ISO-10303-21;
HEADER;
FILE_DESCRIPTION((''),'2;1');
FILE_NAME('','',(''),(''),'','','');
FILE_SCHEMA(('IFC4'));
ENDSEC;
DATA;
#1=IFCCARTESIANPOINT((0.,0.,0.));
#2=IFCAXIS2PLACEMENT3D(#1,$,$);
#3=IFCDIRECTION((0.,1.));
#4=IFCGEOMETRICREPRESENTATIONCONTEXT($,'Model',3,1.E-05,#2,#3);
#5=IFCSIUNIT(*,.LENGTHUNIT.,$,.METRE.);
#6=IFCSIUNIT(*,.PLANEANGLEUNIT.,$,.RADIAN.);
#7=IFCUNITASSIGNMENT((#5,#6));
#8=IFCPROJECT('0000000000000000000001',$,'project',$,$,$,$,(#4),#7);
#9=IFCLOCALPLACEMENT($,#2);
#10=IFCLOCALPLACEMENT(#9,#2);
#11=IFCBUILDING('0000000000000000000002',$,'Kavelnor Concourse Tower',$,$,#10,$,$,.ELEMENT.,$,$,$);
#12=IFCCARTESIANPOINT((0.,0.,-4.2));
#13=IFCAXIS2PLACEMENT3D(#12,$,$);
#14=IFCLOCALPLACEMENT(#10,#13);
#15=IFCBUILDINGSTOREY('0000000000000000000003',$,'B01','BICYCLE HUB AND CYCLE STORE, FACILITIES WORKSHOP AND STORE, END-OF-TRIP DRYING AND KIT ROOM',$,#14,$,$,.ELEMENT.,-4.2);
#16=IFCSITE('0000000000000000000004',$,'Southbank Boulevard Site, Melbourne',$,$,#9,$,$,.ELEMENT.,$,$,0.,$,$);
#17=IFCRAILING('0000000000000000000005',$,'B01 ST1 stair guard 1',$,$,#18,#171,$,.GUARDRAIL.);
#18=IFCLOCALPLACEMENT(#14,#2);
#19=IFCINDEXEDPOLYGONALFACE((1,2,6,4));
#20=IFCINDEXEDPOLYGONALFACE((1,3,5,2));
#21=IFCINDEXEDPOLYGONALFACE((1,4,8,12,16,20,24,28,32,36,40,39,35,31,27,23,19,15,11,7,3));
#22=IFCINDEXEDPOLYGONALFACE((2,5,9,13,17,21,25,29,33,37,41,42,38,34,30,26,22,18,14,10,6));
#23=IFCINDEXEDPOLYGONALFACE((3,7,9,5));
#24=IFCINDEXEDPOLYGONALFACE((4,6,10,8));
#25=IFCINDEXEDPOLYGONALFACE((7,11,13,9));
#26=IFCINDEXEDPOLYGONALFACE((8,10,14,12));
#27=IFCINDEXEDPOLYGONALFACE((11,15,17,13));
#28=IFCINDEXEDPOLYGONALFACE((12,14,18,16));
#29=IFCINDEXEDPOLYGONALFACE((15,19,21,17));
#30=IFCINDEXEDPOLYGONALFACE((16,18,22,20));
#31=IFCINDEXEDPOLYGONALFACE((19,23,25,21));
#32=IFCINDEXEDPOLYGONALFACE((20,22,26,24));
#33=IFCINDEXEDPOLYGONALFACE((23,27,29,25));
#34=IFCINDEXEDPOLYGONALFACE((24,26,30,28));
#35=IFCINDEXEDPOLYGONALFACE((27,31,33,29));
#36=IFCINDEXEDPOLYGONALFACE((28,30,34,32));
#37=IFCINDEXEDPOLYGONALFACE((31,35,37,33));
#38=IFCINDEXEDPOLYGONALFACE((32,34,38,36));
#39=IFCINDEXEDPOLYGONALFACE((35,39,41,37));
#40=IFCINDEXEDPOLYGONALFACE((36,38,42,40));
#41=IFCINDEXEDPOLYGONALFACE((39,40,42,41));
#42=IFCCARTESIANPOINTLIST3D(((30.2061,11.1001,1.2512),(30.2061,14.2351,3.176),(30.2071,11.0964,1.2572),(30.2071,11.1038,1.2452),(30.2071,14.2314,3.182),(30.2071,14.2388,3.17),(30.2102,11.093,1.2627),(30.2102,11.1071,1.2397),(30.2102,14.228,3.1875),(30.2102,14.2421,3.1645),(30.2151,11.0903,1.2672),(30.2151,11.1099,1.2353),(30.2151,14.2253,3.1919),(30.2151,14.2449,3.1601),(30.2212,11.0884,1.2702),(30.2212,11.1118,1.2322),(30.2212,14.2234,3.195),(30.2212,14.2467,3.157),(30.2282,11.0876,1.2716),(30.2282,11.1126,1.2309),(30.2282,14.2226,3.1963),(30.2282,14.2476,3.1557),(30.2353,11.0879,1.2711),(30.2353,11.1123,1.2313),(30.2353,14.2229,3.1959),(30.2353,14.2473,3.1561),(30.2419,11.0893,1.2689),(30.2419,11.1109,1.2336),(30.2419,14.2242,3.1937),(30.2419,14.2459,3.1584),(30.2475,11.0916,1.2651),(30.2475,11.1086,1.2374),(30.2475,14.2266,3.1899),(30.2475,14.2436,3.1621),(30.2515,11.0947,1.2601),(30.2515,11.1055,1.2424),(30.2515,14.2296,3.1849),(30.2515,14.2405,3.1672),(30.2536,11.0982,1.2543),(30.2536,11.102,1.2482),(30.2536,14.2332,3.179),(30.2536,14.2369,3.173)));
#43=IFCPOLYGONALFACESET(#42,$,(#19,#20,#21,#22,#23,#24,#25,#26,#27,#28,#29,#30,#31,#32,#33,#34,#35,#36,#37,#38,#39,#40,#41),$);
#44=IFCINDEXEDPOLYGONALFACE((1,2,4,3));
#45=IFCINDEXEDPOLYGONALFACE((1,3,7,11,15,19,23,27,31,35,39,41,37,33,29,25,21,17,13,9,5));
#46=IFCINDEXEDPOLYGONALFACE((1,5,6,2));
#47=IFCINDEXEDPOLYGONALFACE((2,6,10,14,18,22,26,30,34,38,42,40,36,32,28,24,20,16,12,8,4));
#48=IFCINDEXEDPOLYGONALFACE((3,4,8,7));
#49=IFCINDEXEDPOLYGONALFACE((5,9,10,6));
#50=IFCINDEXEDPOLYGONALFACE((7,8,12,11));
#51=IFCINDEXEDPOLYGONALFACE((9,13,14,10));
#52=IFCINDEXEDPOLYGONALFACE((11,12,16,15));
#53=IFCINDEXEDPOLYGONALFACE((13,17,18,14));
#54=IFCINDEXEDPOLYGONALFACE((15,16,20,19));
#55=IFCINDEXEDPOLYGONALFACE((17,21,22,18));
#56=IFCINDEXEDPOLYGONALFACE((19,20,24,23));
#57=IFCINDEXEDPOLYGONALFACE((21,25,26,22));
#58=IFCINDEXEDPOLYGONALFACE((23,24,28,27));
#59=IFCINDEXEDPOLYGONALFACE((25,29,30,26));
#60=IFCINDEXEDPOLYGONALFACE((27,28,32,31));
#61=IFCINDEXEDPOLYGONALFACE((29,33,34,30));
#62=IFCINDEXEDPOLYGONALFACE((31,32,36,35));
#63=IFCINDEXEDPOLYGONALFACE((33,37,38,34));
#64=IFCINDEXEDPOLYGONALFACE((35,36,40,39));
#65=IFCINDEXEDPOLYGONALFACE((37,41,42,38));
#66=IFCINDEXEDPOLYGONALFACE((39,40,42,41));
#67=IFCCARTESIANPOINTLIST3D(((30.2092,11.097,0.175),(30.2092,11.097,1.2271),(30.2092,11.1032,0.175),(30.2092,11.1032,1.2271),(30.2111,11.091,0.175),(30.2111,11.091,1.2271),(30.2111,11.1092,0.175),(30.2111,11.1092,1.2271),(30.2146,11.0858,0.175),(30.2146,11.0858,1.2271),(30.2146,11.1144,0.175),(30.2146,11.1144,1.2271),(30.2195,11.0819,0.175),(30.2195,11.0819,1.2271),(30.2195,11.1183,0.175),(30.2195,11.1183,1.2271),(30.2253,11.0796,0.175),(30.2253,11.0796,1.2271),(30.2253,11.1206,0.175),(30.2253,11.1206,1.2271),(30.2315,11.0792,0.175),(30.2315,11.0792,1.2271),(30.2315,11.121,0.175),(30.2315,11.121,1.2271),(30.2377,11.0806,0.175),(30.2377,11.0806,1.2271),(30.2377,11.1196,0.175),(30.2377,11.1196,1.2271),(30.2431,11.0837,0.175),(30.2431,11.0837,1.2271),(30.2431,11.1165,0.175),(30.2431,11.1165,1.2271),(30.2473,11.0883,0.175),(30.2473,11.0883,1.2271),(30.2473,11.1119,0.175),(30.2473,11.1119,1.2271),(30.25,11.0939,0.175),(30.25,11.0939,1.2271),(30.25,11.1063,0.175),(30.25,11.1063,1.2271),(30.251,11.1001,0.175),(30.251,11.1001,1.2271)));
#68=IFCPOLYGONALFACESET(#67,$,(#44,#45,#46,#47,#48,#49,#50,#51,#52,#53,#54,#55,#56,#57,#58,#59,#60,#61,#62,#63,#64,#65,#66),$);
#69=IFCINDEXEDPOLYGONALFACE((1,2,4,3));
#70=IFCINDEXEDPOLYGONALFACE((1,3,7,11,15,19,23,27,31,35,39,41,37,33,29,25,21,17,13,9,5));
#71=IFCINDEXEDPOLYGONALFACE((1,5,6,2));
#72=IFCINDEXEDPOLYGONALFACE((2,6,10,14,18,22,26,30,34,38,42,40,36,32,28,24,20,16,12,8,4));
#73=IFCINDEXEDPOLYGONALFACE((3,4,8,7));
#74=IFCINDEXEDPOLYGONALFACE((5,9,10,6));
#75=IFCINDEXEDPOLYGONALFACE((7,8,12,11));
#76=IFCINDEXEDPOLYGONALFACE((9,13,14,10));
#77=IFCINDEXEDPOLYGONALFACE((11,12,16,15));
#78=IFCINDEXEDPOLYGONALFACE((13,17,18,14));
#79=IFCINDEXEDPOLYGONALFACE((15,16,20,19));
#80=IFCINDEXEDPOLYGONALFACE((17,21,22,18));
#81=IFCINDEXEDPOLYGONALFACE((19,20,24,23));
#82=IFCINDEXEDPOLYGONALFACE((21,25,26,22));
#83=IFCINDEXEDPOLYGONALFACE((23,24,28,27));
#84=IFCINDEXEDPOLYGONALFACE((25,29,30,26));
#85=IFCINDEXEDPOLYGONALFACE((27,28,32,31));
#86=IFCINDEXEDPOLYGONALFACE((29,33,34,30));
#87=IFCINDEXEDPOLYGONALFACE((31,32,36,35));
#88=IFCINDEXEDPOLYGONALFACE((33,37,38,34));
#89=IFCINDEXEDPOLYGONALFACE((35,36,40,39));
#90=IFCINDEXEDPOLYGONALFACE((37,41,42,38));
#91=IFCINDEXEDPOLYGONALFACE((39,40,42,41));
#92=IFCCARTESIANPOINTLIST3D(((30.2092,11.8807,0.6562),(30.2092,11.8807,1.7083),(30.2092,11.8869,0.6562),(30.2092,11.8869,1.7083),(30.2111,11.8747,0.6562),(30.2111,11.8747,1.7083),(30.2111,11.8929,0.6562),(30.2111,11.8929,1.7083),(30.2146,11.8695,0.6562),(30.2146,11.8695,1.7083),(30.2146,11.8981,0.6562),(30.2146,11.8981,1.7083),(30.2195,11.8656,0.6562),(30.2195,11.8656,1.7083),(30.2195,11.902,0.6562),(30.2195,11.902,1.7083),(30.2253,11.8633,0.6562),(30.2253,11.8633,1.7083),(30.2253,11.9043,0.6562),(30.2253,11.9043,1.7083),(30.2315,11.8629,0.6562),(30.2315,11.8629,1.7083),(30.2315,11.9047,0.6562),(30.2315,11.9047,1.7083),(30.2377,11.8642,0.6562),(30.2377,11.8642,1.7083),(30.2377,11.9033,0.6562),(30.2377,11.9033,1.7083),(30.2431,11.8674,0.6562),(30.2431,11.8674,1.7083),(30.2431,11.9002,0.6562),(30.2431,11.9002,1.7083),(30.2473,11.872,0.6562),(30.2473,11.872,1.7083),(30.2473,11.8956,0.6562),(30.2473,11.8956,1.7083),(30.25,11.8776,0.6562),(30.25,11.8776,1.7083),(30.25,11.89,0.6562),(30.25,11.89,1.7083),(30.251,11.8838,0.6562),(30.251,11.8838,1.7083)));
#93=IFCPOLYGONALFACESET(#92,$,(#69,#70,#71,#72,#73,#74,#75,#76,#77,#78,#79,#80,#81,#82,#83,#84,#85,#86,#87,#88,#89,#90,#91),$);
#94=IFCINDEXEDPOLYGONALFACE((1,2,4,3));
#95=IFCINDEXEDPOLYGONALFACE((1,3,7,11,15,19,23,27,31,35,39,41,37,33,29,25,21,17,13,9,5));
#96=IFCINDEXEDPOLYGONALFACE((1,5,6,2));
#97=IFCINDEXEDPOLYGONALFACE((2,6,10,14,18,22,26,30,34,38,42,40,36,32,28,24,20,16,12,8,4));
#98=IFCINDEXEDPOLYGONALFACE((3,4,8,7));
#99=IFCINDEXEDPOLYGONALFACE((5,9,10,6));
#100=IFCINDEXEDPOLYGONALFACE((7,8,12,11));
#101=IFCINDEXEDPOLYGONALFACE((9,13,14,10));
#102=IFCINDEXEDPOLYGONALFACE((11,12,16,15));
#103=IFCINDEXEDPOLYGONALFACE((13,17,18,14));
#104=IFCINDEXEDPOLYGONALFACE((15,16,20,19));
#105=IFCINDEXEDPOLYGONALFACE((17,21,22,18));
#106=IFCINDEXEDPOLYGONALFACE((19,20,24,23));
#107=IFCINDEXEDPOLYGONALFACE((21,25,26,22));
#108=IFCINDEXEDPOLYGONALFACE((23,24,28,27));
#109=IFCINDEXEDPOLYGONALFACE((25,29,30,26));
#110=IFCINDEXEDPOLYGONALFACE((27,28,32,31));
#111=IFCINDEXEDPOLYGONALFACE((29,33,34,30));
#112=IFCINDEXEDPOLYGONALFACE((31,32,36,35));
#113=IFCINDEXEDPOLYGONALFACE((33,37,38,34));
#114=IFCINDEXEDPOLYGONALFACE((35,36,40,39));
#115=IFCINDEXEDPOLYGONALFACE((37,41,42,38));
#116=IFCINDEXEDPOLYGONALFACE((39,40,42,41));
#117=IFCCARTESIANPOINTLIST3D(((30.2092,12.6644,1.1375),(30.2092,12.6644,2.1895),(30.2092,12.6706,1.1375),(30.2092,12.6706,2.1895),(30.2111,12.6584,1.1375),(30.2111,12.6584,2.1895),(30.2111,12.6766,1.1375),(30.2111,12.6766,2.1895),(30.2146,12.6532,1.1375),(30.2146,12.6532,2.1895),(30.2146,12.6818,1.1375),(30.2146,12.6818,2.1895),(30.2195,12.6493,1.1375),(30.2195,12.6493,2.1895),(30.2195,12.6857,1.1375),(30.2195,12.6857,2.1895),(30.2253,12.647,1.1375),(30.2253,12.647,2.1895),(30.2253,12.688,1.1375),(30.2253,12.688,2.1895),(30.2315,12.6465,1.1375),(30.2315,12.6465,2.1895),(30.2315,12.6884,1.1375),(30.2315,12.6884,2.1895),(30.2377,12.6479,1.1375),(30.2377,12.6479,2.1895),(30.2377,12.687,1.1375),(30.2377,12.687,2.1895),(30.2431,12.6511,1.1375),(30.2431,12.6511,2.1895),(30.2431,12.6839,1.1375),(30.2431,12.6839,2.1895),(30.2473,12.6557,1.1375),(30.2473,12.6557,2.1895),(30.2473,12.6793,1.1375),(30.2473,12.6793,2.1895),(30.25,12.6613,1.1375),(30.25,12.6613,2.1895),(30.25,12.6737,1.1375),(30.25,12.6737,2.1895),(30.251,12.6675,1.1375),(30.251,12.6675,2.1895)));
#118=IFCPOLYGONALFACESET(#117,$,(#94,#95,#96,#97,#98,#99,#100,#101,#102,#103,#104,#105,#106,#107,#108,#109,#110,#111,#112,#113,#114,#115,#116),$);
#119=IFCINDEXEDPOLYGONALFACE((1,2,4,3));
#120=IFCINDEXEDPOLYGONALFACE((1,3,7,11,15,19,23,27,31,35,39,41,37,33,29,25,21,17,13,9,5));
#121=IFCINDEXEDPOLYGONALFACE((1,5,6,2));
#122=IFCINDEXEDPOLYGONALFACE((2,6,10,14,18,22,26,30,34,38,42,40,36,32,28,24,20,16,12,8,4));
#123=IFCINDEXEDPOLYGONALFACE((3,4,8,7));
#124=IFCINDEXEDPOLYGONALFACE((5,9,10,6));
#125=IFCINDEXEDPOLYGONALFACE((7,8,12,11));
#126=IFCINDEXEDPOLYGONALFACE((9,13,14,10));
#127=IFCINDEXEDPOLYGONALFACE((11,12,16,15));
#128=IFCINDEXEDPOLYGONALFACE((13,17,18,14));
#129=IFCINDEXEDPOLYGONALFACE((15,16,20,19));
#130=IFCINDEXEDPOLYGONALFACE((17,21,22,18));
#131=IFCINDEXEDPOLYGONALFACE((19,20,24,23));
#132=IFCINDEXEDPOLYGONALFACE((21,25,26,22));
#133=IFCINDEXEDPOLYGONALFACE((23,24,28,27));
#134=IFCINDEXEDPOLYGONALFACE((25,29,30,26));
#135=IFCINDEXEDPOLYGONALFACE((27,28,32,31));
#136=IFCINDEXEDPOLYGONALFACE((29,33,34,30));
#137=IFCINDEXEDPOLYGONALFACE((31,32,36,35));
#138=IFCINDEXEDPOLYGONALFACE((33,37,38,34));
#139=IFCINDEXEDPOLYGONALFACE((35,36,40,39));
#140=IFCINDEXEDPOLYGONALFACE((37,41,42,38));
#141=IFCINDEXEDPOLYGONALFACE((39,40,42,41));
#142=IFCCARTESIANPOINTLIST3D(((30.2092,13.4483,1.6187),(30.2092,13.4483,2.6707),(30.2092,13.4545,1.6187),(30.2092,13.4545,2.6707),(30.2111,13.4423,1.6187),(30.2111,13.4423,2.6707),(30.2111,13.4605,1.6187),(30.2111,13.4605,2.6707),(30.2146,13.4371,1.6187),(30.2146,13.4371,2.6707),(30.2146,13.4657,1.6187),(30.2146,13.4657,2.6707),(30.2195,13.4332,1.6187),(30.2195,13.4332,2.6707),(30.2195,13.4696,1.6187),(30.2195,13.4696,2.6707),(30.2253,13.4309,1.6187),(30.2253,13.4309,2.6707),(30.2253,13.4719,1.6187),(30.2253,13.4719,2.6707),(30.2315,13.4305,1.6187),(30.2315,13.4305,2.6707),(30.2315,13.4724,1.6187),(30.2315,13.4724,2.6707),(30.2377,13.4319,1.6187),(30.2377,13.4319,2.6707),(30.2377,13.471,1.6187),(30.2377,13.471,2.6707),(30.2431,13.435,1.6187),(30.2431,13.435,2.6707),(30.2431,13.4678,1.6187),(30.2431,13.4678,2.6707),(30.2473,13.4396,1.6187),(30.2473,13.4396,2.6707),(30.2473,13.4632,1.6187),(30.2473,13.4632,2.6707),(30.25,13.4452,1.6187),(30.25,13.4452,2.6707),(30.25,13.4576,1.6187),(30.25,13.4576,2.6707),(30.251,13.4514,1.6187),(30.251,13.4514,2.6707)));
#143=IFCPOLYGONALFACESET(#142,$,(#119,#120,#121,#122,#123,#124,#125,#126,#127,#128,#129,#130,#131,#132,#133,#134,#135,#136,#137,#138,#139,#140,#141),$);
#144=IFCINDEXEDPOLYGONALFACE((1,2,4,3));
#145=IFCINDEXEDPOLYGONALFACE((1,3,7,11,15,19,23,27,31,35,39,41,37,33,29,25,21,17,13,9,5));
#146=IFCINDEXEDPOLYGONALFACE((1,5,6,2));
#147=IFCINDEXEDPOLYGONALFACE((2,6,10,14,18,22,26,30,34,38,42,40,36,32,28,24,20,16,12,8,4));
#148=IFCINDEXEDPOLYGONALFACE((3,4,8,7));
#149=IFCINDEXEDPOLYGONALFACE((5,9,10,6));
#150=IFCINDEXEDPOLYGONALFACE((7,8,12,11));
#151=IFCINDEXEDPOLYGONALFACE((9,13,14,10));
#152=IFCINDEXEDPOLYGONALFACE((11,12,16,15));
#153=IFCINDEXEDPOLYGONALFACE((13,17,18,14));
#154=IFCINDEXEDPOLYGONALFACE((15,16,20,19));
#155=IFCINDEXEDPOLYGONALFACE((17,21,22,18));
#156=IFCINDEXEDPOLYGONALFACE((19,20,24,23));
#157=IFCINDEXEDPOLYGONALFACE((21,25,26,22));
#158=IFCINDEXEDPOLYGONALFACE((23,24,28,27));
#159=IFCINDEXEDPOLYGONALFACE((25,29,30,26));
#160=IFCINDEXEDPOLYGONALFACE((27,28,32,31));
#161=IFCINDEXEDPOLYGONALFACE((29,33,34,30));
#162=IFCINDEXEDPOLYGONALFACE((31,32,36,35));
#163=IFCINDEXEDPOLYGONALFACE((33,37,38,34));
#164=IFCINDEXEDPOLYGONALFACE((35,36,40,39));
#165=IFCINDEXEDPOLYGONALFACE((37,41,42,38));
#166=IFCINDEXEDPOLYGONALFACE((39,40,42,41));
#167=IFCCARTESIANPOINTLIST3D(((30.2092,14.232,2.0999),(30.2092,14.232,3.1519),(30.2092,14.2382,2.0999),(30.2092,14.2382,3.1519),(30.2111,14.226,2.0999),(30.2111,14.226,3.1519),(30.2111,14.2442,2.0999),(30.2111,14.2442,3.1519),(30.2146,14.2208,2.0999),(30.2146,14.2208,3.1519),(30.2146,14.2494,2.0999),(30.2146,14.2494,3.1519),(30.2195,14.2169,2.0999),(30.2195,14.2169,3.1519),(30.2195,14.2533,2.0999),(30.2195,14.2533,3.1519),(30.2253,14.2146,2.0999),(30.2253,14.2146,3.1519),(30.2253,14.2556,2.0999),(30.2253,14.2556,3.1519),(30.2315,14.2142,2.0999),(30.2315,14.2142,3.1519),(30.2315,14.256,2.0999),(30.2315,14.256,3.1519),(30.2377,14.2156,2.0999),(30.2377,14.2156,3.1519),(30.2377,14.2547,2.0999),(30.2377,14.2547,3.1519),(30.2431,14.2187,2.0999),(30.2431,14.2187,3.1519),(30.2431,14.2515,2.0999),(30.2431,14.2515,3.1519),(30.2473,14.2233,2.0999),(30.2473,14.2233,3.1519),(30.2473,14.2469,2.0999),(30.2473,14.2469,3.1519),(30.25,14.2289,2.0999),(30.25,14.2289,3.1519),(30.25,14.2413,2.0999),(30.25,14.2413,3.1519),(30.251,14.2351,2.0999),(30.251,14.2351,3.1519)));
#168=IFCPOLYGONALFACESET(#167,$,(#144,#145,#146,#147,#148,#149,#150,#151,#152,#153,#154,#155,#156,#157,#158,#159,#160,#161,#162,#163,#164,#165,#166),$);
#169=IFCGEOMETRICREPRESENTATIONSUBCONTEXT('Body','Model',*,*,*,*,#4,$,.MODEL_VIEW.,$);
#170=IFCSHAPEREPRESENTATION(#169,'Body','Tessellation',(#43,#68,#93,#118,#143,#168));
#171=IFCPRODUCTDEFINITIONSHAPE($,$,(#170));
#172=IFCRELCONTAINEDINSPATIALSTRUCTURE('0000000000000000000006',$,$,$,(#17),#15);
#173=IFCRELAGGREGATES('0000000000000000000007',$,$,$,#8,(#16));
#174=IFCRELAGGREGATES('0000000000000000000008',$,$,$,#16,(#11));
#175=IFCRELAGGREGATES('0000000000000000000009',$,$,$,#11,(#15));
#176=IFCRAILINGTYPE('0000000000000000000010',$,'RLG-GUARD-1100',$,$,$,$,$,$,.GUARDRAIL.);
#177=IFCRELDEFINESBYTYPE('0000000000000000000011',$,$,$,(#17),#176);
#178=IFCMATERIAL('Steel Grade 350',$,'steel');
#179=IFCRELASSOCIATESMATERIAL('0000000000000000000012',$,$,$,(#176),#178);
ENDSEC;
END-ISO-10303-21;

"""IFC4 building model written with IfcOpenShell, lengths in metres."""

from ifc_helpers import new_model, si_unit, direction, frame, origin, origin_2d, place, context, subcontext, project, spatial, circle, extrude, material, type_object, element, save


model = new_model("IFC4")

# Units and contexts
model_context = context("Model", 3, precision=1e-05, world=origin(), true_north=direction((0.0, 1.0)))
body_context = subcontext(model_context, "Body", "Model", "MODEL_VIEW")
ifc_project = project(units=[si_unit("LENGTHUNIT", "METRE"), si_unit("PLANEANGLEUNIT", "RADIAN")], contexts=[model_context])

# Site, building, storey
site_placement = place(None, origin())
site = spatial("IfcSite", under=ifc_project, at=site_placement, Name="Southbank Boulevard Site, Melbourne", CompositionType="ELEMENT", RefElevation=0.0)
building_placement = place(site_placement, origin())
building = spatial("IfcBuilding", under=site, at=building_placement, Name="Kavelnor Concourse Tower", CompositionType="ELEMENT")
storey_placement = place(building_placement, frame((0.0, 0.0, -4.2)))
storey = spatial("IfcBuildingStorey", under=building, at=storey_placement, Name="B01", Description="BICYCLE HUB AND CYCLE STORE, FACILITIES WORKSHOP AND STORE, END-OF-TRIP DRYING AND KIT ROOM", CompositionType="ELEMENT", Elevation=-4.2)

# Shared definitions
ifc_material_1 = material(Name="Steel Grade 350", Category="steel")

# Railing
railing_type_1 = type_object("IfcRailingType", Name="RLG-GUARD-1100", PredefinedType="GUARDRAIL", material=ifc_material_1)
railing_1_placement = place(storey_placement, frame((30.23, 11.1001, 0.175)))
element("IfcRailing", 1, at=railing_1_placement, inside=storey, type_object=railing_type_1, Name="B01 ST1 stair guard 1", PredefinedType="GUARDRAIL", context=body_context, shape_type="SweptSolid", body=[
    extrude(circle(Radius=0.0239, at=origin_2d()), frame((0.0, 0.0, 1.0762), z_axis=(0.0, 0.852196, 0.523223), x_axis=(-1.0, 0.0, 0.0)), (0.0, 0.0, 1.0), 3.6787),
    extrude(circle(Radius=0.021, at=origin_2d()), origin(), (0.0, 0.0, 1.0), 1.052),
    extrude(circle(Radius=0.021, at=origin_2d()), frame((0.0, 0.7837, 0.4812)), (0.0, 0.0, 1.0), 1.052),
    extrude(circle(Radius=0.021, at=origin_2d()), frame((0.0, 1.5674, 0.9624)), (0.0, 0.0, 1.0), 1.052),
    extrude(circle(Radius=0.021, at=origin_2d()), frame((0.0, 2.3513, 1.4436)), (0.0, 0.0, 1.0), 1.052),
    extrude(circle(Radius=0.021, at=origin_2d()), frame((0.0, 3.135, 1.9248)), (0.0, 0.0, 1.0), 1.052),
])

save(model, "model.ifc")
